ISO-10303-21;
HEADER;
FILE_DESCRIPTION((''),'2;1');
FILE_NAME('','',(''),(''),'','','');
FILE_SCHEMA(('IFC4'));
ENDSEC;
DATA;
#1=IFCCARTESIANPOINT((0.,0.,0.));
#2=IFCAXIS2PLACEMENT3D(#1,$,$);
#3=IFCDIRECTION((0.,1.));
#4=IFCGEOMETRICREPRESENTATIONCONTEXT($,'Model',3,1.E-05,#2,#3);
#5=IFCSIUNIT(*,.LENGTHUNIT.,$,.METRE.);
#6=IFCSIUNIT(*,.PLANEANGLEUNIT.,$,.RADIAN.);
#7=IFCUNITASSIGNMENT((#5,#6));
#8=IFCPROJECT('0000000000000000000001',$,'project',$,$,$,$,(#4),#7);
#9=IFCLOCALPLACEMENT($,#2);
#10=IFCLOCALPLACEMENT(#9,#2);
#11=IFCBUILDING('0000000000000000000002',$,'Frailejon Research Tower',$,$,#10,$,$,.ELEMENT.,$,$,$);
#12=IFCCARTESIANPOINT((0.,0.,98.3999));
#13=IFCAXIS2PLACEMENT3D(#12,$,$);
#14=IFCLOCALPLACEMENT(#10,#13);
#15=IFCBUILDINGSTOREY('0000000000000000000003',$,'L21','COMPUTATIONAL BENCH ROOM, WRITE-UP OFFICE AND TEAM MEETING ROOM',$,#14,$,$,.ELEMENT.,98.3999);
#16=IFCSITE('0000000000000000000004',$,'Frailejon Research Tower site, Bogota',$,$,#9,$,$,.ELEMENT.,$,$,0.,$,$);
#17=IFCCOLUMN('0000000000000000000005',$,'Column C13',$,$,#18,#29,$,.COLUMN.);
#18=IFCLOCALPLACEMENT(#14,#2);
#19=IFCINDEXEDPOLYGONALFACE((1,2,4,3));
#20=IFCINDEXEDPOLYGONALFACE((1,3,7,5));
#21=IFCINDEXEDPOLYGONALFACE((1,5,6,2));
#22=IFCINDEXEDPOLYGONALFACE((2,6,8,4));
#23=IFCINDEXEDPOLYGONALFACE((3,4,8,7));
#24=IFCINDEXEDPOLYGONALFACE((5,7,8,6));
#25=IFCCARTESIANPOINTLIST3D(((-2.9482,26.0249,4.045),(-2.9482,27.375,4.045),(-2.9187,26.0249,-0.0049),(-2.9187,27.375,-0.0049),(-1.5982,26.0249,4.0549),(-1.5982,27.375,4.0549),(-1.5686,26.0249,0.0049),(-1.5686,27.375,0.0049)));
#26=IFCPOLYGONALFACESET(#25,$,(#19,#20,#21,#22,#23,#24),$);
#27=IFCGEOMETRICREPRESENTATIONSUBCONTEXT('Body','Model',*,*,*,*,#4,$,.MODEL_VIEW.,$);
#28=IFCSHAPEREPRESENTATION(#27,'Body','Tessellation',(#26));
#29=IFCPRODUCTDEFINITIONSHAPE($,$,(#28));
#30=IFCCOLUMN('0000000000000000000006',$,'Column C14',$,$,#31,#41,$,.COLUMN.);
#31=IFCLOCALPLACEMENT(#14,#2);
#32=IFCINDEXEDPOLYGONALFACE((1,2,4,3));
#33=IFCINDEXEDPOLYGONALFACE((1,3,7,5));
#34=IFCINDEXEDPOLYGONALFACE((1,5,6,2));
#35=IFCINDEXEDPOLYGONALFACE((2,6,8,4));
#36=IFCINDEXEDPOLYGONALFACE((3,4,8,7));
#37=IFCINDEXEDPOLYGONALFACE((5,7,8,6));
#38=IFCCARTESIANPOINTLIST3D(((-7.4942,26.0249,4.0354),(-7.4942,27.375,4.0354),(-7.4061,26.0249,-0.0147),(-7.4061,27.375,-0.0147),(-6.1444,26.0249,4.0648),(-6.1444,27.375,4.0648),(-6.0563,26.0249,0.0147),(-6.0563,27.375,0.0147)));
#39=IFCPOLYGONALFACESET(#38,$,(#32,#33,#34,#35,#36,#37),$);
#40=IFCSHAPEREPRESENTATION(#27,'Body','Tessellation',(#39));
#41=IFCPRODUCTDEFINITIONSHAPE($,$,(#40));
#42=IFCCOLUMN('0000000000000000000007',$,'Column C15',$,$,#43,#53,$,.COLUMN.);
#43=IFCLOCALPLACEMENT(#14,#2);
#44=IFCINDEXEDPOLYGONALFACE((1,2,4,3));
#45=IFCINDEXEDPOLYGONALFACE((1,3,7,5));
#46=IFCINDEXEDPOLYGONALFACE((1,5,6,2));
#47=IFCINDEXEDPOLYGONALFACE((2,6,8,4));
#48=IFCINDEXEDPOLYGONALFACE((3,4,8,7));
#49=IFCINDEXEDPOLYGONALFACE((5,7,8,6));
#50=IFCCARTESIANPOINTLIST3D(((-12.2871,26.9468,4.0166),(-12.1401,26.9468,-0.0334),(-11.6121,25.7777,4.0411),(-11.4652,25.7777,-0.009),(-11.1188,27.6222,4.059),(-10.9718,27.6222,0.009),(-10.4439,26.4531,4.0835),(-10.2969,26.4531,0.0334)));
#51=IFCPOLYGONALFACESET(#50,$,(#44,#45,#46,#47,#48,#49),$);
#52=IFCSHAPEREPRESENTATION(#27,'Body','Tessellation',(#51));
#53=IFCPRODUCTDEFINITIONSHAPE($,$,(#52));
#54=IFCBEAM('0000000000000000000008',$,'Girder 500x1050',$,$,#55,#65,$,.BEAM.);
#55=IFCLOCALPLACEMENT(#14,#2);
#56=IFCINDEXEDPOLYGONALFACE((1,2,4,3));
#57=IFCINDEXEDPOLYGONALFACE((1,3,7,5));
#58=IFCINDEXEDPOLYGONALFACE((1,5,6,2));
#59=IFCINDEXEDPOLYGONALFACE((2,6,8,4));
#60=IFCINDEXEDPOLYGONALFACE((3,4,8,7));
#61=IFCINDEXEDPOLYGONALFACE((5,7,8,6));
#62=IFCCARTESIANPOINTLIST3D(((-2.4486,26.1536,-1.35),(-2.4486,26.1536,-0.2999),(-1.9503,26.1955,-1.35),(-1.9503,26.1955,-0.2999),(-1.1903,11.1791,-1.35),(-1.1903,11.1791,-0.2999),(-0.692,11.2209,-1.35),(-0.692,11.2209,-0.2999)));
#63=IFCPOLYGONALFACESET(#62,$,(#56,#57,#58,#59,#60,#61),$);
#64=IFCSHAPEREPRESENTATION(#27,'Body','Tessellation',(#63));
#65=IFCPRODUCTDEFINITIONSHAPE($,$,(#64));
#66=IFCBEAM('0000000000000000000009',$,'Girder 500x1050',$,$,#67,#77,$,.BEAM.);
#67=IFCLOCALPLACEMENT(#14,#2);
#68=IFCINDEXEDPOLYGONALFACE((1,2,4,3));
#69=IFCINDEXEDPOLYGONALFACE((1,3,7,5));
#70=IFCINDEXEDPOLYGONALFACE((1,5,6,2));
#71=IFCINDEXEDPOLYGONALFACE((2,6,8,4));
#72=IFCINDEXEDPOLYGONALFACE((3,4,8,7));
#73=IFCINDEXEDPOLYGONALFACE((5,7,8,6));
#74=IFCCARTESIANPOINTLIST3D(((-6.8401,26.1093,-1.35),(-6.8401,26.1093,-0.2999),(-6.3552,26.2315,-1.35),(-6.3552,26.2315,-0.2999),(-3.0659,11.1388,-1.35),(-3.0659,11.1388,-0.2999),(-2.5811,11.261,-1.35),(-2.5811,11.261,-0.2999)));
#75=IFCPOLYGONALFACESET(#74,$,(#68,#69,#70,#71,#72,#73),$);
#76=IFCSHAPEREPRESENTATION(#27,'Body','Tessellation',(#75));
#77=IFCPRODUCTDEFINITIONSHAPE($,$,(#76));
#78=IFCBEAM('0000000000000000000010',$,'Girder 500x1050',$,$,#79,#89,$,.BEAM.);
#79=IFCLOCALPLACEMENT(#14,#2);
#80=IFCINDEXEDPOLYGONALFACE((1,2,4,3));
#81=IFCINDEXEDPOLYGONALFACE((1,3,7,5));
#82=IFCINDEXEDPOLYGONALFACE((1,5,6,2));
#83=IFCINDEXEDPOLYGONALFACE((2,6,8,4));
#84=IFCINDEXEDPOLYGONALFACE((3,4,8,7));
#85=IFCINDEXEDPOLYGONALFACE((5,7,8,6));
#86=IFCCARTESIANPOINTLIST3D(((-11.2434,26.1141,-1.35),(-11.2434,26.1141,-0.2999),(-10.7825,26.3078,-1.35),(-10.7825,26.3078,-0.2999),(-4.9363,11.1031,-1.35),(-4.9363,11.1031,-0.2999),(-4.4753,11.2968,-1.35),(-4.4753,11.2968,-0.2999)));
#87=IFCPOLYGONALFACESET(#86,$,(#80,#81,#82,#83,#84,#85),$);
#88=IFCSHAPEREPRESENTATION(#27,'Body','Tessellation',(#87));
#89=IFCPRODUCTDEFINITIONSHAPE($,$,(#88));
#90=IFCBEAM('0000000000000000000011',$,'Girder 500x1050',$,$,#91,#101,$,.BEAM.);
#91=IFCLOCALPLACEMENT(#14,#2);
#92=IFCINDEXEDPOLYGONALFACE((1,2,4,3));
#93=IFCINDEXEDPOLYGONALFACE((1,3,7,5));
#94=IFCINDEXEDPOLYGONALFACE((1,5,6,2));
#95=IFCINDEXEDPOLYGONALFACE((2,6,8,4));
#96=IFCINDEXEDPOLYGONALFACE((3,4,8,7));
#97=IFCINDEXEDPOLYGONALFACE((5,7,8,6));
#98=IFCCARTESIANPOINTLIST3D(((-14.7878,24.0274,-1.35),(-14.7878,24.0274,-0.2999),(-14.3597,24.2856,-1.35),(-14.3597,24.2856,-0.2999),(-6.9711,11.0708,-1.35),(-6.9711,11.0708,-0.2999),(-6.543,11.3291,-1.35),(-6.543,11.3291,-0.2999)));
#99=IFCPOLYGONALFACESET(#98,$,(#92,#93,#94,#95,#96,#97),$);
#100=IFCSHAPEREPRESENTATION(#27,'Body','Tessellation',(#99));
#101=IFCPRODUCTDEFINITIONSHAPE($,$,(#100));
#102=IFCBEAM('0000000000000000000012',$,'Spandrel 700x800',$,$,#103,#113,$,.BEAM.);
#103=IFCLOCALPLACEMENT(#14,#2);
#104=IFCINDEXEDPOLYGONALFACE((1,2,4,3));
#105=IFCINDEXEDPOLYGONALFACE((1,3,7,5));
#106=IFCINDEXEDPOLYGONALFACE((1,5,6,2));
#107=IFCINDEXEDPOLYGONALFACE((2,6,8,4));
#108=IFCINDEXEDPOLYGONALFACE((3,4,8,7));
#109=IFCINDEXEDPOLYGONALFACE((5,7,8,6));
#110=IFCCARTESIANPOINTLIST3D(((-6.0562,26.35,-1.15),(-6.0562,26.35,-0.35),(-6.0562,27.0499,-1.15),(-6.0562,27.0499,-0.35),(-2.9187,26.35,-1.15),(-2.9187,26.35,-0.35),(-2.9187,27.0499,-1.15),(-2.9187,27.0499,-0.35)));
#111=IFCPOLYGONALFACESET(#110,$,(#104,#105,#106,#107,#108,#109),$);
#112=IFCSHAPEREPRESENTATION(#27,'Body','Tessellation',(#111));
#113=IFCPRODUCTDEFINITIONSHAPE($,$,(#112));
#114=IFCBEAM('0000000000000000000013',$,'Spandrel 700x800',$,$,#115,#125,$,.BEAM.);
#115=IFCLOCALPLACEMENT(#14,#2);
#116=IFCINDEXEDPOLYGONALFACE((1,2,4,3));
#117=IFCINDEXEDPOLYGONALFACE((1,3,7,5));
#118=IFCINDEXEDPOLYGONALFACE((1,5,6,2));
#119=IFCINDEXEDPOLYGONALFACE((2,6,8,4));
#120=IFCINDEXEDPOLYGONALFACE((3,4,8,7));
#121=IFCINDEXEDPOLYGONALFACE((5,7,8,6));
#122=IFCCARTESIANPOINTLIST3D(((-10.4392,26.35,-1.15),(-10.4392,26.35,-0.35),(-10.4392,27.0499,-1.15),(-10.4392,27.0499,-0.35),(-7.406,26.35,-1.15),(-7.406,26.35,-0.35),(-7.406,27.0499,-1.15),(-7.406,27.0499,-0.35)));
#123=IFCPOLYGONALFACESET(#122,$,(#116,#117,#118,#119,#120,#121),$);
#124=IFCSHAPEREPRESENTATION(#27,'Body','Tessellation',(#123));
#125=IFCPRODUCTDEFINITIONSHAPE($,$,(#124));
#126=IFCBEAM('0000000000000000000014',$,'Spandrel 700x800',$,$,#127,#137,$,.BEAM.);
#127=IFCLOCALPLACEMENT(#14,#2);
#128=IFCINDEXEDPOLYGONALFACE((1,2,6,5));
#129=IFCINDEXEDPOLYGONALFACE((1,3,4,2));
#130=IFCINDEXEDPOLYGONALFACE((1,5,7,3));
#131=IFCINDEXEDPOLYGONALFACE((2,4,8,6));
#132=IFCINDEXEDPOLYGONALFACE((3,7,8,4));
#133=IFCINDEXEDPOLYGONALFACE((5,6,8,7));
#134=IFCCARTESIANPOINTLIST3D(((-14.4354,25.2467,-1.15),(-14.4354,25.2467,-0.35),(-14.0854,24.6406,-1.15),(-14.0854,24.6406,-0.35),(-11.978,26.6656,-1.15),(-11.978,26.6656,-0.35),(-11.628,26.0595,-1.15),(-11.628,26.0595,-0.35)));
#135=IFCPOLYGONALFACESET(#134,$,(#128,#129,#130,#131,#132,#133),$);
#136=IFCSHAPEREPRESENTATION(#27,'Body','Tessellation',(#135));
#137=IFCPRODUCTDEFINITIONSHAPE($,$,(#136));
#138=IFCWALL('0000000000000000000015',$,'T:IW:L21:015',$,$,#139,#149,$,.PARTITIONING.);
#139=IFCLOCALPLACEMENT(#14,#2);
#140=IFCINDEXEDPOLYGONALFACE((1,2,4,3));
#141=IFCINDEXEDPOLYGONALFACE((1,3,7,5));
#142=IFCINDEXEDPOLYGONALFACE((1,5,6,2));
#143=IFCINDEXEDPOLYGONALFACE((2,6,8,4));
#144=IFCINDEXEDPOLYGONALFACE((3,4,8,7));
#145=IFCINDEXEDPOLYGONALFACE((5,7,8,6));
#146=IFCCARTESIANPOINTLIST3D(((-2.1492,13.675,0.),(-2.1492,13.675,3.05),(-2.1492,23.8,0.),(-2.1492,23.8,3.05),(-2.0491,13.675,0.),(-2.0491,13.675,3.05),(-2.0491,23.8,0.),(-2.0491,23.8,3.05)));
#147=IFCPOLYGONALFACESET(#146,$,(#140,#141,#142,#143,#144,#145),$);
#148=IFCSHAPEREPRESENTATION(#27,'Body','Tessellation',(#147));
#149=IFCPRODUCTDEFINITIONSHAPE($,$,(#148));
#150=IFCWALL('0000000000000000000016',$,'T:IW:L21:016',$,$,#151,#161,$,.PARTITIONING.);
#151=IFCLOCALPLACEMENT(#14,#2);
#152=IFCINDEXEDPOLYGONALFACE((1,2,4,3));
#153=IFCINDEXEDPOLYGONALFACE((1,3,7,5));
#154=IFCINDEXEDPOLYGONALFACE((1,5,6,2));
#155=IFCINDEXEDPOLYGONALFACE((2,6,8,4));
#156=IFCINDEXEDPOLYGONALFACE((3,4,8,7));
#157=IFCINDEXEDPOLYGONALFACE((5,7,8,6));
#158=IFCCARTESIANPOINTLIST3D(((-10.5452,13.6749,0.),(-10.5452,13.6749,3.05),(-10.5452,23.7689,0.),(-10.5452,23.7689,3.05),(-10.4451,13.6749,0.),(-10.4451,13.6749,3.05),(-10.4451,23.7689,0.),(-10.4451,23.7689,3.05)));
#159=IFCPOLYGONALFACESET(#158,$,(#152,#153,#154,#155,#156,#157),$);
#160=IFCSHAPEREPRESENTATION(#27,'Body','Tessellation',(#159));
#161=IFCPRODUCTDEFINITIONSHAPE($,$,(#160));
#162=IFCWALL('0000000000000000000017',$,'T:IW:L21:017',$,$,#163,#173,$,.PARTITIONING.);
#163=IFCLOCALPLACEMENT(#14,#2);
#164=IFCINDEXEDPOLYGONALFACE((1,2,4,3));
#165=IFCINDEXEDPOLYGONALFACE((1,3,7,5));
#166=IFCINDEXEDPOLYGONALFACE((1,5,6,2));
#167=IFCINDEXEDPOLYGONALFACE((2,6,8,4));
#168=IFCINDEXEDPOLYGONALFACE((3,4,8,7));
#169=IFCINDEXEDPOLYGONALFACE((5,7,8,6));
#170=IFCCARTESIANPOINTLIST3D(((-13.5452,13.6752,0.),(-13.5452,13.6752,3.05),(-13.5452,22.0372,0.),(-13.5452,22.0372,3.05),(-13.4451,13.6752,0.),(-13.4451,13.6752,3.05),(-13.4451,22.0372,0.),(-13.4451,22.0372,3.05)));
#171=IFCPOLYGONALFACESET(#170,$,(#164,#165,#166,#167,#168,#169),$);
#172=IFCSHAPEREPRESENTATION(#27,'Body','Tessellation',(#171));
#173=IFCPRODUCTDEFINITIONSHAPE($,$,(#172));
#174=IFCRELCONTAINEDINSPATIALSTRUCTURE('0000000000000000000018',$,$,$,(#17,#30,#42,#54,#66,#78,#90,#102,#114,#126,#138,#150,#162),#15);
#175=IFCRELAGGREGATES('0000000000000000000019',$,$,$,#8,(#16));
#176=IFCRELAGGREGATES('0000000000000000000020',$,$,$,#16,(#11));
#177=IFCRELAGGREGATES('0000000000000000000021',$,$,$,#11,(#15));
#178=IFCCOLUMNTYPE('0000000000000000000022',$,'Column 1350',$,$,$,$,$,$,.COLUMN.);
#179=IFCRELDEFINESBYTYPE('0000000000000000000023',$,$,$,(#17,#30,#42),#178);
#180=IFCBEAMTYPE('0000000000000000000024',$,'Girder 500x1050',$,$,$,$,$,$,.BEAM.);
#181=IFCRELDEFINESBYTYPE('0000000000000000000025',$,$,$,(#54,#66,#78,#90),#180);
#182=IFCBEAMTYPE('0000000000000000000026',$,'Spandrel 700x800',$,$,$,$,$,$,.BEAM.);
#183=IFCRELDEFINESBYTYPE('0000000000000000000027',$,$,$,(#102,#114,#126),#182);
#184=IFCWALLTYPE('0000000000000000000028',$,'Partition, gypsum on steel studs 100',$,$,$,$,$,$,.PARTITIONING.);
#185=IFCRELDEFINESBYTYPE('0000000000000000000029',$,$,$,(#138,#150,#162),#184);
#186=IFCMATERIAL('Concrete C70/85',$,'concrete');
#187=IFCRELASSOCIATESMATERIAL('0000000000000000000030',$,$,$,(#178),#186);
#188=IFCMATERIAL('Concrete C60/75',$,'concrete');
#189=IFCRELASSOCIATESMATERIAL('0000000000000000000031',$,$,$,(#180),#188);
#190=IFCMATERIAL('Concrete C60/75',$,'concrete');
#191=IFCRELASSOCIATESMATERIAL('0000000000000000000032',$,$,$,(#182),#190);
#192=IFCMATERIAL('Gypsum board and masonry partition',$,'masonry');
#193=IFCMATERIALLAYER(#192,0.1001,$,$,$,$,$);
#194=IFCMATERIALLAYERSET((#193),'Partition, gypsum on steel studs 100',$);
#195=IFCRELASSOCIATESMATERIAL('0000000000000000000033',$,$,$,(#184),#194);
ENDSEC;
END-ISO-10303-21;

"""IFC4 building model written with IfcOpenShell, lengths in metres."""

from ifc_helpers import new_model, si_unit, direction, frame, frame_2d, origin, origin_2d, place, context, subcontext, project, spatial, rectangle, extrude, material, layer, layer_set, material_profile, profile_set, type_object, element, save


model = new_model("IFC4")

# Units and contexts
model_context = context("Model", 3, precision=1e-05, world=origin(), true_north=direction((0.0, 1.0)))
body_context = subcontext(model_context, "Body", "Model", "MODEL_VIEW")
ifc_project = project(units=[si_unit("LENGTHUNIT", "METRE"), si_unit("PLANEANGLEUNIT", "RADIAN")], contexts=[model_context])

# Site, building, storey
site_placement = place(None, origin())
site = spatial("IfcSite", under=ifc_project, at=site_placement, Name="Frailejon Research Tower site, Bogota", CompositionType="ELEMENT", RefElevation=0.0)
building_placement = place(site_placement, origin())
building = spatial("IfcBuilding", under=site, at=building_placement, Name="Frailejon Research Tower", CompositionType="ELEMENT")
storey_placement = place(building_placement, frame((0.0, 0.0, 98.3999)))
storey = spatial("IfcBuildingStorey", under=building, at=storey_placement, Name="L21", Description="COMPUTATIONAL BENCH ROOM, WRITE-UP OFFICE AND TEAM MEETING ROOM", CompositionType="ELEMENT", Elevation=98.3999)

# Columns
ifc_material_1 = material(Name="Concrete C70/85", Category="concrete")
ifc_material_profile_1 = material_profile(ifc_material_1, rectangle(XDim=1.3501, YDim=1.3501, at=origin_2d()), Name="Column 1350")
ifc_profile_set_1 = profile_set([ifc_material_profile_1], Name="Concrete C70/85")
column_type = type_object("IfcColumnType", Name="Column 1350", PredefinedType="COLUMN", material=ifc_profile_set_1)
column_1_placement = place(storey_placement, frame((-2.2437, 26.7, 0.0), z_axis=(-0.007294, 0.0, 0.999973), x_axis=(-0.999973, 0.0, -0.007294)))
element("IfcColumn", 1, at=column_1_placement, inside=storey, type_object=column_type, Name="Column C13", PredefinedType="COLUMN", context=body_context, shape_type="SweptSolid", body=[
    extrude(rectangle(XDim=1.3501, YDim=1.3501, at=origin_2d()), origin(), (0.0, 0.0, 1.0), 4.05),
])
column_2_placement = place(storey_placement, frame((-6.7312, 26.7, 0.0), z_axis=(-0.021756, 0.0, 0.999763), x_axis=(-0.999763, 0.0, -0.021756)))
element("IfcColumn", 2, at=column_2_placement, inside=storey, type_object=column_type, Name="Column C14", PredefinedType="COLUMN", context=body_context, shape_type="SweptSolid", body=[
    extrude(rectangle(XDim=1.3501, YDim=1.3501, at=origin_2d()), origin(), (0.0, 0.0, 1.0), 4.051),
])
column_3_placement = place(storey_placement, frame((-11.2185, 26.7, 0.0), z_axis=(-0.036265, 0.0, 0.999342), x_axis=(-0.865314, -0.500246, -0.031401)))
element("IfcColumn", 3, at=column_3_placement, inside=storey, type_object=column_type, Name="Column C15", PredefinedType="COLUMN", context=body_context, shape_type="SweptSolid", body=[
    extrude(rectangle(XDim=1.3501, YDim=1.3501, at=origin_2d()), origin(), (0.0, 0.0, 1.0), 4.0527),
])

# Beams
ifc_material_2 = material(Name="Concrete C60/75", Category="concrete")
ifc_material_profile_2 = material_profile(ifc_material_2, rectangle(XDim=0.5, YDim=1.05, at=origin_2d()), Name="Girder 500x1050")
ifc_profile_set_2 = profile_set([ifc_material_profile_2], Name="Concrete C60/75")
beam_type_1 = type_object("IfcBeamType", Name="Girder 500x1050", PredefinedType="BEAM", material=ifc_profile_set_2)
beam_1_placement = place(storey_placement, frame((-2.1995, 26.1746, -0.825), z_axis=(0.083734, -0.996488, 0.0), x_axis=(0.996488, 0.083734, 0.0)))
element("IfcBeam", 4, at=beam_1_placement, inside=storey, type_object=beam_type_1, Name="Girder 500x1050", PredefinedType="BEAM", context=body_context, shape_type="SweptSolid", body=[
    extrude(rectangle(XDim=0.5, YDim=1.05, at=origin_2d()), origin(), (0.0, 0.0, 1.0), 15.0273),
])
beam_2_placement = place(storey_placement, frame((-6.5977, 26.1704, -0.825), z_axis=(0.244459, -0.96966, 0.0), x_axis=(0.96966, 0.244459, 0.0)))
element("IfcBeam", 5, at=beam_2_placement, inside=storey, type_object=beam_type_1, Name="Girder 500x1050", PredefinedType="BEAM", context=body_context, shape_type="SweptSolid", body=[
    extrude(rectangle(XDim=0.5, YDim=1.05, at=origin_2d()), origin(), (0.0, 0.0, 1.0), 15.439),
])
beam_3_placement = place(storey_placement, frame((-11.0129, 26.2109, -0.825), z_axis=(0.387364, -0.921927, 0.0), x_axis=(0.921927, 0.387364, 0.0)))
element("IfcBeam", 6, at=beam_3_placement, inside=storey, type_object=beam_type_1, Name="Girder 500x1050", PredefinedType="BEAM", context=body_context, shape_type="SweptSolid", body=[
    extrude(rectangle(XDim=0.5, YDim=1.05, at=origin_2d()), origin(), (0.0, 0.0, 1.0), 16.2822),
])
beam_4_placement = place(storey_placement, frame((-14.5737, 24.1565, -0.825), z_axis=(0.51657, -0.856245, 0.0), x_axis=(0.856245, 0.51657, 0.0)))
element("IfcBeam", 7, at=beam_4_placement, inside=storey, type_object=beam_type_1, Name="Girder 500x1050", PredefinedType="BEAM", context=body_context, shape_type="SweptSolid", body=[
    extrude(rectangle(XDim=0.5, YDim=1.05, at=origin_2d()), origin(), (0.0, 0.0, 1.0), 15.1318),
])
ifc_material_3 = material(Name="Concrete C60/75", Category="concrete")
ifc_material_profile_3 = material_profile(ifc_material_3, rectangle(XDim=0.7, YDim=0.8, at=origin_2d()), Name="Spandrel 700x800")
ifc_profile_set_3 = profile_set([ifc_material_profile_3], Name="Concrete C60/75")
beam_type_2 = type_object("IfcBeamType", Name="Spandrel 700x800", PredefinedType="BEAM", material=ifc_profile_set_3)
beam_5_placement = place(storey_placement, frame((-2.9187, 26.7, -0.75), z_axis=(-1.0, 0.0, 0.0), x_axis=(0.0, -1.0, 0.0)))
element("IfcBeam", 8, at=beam_5_placement, inside=storey, type_object=beam_type_2, Name="Spandrel 700x800", PredefinedType="BEAM", context=body_context, shape_type="SweptSolid", body=[
    extrude(rectangle(XDim=0.7, YDim=0.8, at=origin_2d()), origin(), (0.0, 0.0, 1.0), 3.1375),
])
beam_6_placement = place(storey_placement, frame((-7.406, 26.7, -0.75), z_axis=(-1.0, 0.0, 0.0), x_axis=(0.0, -1.0, 0.0)))
element("IfcBeam", 9, at=beam_6_placement, inside=storey, type_object=beam_type_2, Name="Spandrel 700x800", PredefinedType="BEAM", context=body_context, shape_type="SweptSolid", body=[
    extrude(rectangle(XDim=0.7, YDim=0.8, at=origin_2d()), origin(), (0.0, 0.0, 1.0), 3.0332),
])
beam_7_placement = place(storey_placement, frame((-11.803, 26.3625, -0.75), z_axis=(-0.866011, -0.500025, 0.0), x_axis=(0.500025, -0.866011, 0.0)))
element("IfcBeam", 10, at=beam_7_placement, inside=storey, type_object=beam_type_2, Name="Spandrel 700x800", PredefinedType="BEAM", context=body_context, shape_type="SweptSolid", body=[
    extrude(rectangle(XDim=0.7, YDim=0.8, at=origin_2d()), origin(), (0.0, 0.0, 1.0), 2.8376),
])

# Walls
ifc_material_4 = material(Name="Gypsum board and masonry partition", Category="masonry")
ifc_layer_1 = layer(ifc_material_4, 0.1001)
ifc_layer_set_1 = layer_set([ifc_layer_1], Name="Partition, gypsum on steel studs 100")
wall_type_1 = type_object("IfcWallType", Name="Partition, gypsum on steel studs 100", PredefinedType="PARTITIONING", material=ifc_layer_set_1)
wall_1_placement = place(storey_placement, frame((-2.0991, 13.675, 0.0), z_axis=(0.0, 0.0, 1.0), x_axis=(0.0, 1.0, 0.0)))
element("IfcWall", 11, at=wall_1_placement, inside=storey, type_object=wall_type_1, Name="T:IW:L21:015", PredefinedType="PARTITIONING", context=body_context, shape_type="SweptSolid", body=[
    extrude(rectangle(XDim=10.125, YDim=0.1001, at=frame_2d((5.0625, 0.0))), origin(), (0.0, 0.0, 1.0), 3.05),
])
wall_2_placement = place(storey_placement, frame((-10.4951, 13.675, 0.0), z_axis=(0.0, 0.0, 1.0), x_axis=(0.0, 1.0, 0.0)))
element("IfcWall", 12, at=wall_2_placement, inside=storey, type_object=wall_type_1, Name="T:IW:L21:016", PredefinedType="PARTITIONING", context=body_context, shape_type="SweptSolid", body=[
    extrude(rectangle(XDim=10.094, YDim=0.1001, at=frame_2d((5.0469, 0.0))), origin(), (0.0, 0.0, 1.0), 3.05),
])
wall_3_placement = place(storey_placement, frame((-13.4951, 13.675, 0.0), z_axis=(0.0, 0.0, 1.0), x_axis=(0.0, 1.0, 0.0)))
element("IfcWall", 13, at=wall_3_placement, inside=storey, type_object=wall_type_1, Name="T:IW:L21:017", PredefinedType="PARTITIONING", context=body_context, shape_type="SweptSolid", body=[
    extrude(rectangle(XDim=8.3621, YDim=0.1001, at=frame_2d((4.1812, 0.0))), origin(), (0.0, 0.0, 1.0), 3.05),
])

save(model, "model.ifc")
